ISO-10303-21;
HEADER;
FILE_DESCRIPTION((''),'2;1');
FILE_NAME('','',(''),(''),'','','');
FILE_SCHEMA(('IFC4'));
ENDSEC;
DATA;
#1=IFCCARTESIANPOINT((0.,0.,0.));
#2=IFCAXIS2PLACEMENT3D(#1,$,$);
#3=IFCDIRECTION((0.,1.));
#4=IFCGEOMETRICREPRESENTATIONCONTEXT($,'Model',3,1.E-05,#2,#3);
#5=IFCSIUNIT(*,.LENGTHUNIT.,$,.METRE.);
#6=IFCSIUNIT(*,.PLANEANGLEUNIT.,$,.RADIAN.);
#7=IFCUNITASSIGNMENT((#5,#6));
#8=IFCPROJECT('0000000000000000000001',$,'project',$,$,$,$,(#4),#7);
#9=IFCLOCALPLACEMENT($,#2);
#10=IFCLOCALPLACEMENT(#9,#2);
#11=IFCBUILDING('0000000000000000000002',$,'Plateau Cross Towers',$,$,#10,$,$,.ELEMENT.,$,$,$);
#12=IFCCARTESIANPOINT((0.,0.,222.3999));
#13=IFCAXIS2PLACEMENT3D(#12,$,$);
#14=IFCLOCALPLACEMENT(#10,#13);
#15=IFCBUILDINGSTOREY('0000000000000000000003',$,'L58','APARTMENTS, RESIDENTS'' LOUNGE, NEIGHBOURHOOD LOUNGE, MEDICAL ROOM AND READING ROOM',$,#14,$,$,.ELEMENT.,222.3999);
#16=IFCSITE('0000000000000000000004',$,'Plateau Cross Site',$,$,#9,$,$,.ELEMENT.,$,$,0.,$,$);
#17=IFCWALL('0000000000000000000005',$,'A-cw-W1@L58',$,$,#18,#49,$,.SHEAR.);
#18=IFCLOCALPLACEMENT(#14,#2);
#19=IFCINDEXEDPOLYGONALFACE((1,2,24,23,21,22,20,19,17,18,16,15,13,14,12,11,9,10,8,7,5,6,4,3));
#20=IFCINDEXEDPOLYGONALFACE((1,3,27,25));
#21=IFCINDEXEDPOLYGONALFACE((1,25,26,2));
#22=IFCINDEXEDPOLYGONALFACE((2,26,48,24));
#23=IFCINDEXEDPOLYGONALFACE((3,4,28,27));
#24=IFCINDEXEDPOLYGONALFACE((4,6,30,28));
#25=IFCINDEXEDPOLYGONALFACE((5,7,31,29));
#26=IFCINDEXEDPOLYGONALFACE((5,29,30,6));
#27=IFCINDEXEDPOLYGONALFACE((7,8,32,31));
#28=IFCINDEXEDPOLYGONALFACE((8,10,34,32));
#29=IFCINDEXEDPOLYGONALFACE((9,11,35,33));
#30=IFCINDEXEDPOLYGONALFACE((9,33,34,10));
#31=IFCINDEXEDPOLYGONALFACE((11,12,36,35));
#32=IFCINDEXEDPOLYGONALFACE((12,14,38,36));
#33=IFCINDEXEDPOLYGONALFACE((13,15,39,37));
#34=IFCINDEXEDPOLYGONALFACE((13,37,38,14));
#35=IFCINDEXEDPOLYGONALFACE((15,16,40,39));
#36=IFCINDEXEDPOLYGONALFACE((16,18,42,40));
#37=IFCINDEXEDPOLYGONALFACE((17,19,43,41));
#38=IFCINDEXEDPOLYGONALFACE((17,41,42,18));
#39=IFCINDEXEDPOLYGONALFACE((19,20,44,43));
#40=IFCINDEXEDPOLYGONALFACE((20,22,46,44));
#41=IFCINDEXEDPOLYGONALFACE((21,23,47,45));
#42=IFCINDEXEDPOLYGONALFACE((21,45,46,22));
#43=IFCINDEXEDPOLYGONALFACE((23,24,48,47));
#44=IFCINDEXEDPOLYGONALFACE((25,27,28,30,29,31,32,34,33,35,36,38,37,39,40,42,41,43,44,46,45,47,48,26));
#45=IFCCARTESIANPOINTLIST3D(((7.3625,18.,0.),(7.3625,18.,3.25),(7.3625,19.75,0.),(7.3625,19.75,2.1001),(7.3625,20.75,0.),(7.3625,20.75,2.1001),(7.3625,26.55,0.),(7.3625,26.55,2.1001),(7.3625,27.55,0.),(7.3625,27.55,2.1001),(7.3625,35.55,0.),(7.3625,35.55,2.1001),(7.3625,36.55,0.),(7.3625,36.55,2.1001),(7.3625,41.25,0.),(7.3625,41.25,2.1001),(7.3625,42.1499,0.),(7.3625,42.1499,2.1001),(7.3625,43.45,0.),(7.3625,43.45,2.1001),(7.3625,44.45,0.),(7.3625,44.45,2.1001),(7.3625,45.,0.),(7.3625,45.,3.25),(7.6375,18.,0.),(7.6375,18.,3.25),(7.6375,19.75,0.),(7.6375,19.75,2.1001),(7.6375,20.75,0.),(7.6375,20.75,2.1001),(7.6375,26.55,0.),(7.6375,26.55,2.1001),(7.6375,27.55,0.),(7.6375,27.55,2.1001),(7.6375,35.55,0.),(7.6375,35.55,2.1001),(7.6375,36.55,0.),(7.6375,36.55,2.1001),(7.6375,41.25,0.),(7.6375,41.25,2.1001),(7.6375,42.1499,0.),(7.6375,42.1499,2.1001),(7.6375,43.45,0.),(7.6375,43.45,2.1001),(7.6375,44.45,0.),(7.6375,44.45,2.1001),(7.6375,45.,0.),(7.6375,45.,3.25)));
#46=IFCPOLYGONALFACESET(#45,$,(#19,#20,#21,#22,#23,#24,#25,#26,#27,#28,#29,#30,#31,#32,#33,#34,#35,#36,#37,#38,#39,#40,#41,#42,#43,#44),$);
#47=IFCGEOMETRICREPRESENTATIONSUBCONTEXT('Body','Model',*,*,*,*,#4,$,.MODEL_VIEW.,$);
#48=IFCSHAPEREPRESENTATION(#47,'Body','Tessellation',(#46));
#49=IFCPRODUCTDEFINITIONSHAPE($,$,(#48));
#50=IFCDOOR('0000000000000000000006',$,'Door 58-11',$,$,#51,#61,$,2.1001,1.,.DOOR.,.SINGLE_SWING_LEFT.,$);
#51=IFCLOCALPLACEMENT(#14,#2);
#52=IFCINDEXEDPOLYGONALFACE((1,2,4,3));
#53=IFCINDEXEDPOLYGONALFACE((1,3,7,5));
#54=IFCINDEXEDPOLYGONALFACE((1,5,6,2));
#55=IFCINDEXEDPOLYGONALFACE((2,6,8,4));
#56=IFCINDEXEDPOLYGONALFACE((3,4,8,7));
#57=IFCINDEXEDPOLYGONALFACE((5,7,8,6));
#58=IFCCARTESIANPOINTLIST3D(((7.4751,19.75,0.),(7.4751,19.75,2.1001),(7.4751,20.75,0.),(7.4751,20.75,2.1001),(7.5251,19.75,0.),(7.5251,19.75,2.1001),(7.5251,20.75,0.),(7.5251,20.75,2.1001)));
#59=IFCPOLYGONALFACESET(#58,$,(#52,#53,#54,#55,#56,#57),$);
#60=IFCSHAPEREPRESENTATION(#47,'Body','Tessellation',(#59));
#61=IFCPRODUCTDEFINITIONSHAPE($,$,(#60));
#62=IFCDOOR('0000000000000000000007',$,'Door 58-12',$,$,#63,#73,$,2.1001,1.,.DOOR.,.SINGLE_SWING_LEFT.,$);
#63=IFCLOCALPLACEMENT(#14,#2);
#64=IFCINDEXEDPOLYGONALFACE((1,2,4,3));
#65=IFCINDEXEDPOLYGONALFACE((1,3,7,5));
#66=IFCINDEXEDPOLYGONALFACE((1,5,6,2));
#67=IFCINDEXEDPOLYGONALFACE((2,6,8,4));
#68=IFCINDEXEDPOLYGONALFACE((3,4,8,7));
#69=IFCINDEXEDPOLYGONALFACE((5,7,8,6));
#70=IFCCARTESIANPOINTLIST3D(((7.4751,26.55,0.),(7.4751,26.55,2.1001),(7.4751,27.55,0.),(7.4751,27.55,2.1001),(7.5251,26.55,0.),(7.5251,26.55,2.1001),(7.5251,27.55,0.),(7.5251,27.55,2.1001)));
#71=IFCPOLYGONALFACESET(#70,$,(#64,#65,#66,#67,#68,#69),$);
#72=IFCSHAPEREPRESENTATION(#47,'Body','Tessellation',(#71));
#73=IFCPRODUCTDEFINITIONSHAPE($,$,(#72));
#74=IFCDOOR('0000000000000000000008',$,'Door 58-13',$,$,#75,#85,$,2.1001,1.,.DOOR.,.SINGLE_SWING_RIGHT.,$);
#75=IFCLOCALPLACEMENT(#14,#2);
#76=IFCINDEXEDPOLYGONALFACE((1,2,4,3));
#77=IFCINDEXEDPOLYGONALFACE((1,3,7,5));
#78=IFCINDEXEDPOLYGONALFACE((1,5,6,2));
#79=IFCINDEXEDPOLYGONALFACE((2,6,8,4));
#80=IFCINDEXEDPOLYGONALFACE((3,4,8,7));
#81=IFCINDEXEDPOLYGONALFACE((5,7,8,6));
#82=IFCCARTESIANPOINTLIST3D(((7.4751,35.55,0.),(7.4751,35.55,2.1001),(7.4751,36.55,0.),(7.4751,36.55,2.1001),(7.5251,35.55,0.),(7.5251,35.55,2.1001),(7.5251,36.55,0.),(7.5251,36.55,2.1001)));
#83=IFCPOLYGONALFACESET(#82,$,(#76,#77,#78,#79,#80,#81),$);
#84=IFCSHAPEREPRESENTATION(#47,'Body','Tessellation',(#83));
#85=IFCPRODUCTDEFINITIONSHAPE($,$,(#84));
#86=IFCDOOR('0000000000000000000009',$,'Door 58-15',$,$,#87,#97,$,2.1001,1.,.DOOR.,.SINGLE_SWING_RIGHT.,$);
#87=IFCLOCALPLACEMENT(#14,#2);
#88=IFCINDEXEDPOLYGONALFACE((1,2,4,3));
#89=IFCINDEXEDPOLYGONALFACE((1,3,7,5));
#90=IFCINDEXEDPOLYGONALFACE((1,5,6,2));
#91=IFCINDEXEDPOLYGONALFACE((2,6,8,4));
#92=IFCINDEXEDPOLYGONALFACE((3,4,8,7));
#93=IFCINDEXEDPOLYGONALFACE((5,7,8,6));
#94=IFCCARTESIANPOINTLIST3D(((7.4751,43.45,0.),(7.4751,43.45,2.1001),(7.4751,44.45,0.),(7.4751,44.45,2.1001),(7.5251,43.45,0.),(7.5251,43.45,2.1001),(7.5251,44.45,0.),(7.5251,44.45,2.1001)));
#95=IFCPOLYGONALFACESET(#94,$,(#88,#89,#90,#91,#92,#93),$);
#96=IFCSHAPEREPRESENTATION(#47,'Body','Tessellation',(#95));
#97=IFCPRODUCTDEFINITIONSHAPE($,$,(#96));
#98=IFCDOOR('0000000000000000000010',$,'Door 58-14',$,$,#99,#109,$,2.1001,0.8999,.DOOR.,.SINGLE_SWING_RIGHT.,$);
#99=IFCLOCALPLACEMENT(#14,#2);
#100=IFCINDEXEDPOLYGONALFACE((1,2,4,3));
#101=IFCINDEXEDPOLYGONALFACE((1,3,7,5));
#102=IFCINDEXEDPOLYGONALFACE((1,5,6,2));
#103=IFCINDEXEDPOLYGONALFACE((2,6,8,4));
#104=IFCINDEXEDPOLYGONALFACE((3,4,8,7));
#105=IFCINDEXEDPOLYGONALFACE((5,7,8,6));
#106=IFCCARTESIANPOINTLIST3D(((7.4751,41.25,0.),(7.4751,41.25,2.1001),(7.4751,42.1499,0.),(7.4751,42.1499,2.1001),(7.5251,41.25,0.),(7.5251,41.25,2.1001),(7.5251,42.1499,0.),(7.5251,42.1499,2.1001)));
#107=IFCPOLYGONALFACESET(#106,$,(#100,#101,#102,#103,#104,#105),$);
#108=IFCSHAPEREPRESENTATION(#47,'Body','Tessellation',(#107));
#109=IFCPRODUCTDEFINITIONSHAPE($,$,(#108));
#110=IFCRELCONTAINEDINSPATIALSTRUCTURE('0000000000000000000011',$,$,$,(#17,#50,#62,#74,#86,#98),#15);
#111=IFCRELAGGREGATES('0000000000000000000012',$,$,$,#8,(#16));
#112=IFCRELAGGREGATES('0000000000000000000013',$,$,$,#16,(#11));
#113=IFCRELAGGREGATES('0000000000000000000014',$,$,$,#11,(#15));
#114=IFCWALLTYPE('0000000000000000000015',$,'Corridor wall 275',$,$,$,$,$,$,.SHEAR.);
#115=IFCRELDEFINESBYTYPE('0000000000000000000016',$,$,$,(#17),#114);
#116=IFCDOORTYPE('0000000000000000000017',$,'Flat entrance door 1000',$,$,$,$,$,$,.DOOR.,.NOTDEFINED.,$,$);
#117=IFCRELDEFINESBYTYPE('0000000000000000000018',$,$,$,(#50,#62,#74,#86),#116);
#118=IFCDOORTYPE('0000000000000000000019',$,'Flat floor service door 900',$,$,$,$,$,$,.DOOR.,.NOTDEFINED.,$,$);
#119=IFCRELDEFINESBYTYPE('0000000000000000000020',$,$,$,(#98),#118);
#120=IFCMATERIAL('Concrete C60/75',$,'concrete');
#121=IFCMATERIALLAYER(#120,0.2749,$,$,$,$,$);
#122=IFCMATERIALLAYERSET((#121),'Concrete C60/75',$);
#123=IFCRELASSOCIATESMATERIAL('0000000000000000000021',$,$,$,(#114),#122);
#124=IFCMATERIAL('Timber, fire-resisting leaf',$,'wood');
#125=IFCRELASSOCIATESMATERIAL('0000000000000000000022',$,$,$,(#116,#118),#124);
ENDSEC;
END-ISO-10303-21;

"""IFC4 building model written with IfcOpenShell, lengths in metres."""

from ifc_helpers import new_model, si_unit, direction, frame, frame_2d, origin, place, context, subcontext, project, spatial, rectangle, extrude, material, layer, layer_set, type_object, element, fill, save


model = new_model("IFC4")

# Units and contexts
model_context = context("Model", 3, precision=1e-05, world=origin(), true_north=direction((0.0, 1.0)))
body_context = subcontext(model_context, "Body", "Model", "MODEL_VIEW")
ifc_project = project(units=[si_unit("LENGTHUNIT", "METRE"), si_unit("PLANEANGLEUNIT", "RADIAN")], contexts=[model_context])

# Site, building, storey
site_placement = place(None, origin())
site = spatial("IfcSite", under=ifc_project, at=site_placement, Name="Plateau Cross Site", CompositionType="ELEMENT", RefElevation=0.0)
building_placement = place(site_placement, origin())
building = spatial("IfcBuilding", under=site, at=building_placement, Name="Plateau Cross Towers", CompositionType="ELEMENT")
storey_placement = place(building_placement, frame((0.0, 0.0, 222.3999)))
storey = spatial("IfcBuildingStorey", under=building, at=storey_placement, Name="L58", Description="APARTMENTS, RESIDENTS' LOUNGE, NEIGHBOURHOOD LOUNGE, MEDICAL ROOM AND READING ROOM", CompositionType="ELEMENT", Elevation=222.3999)

# Wall, openings, doors
ifc_material_1 = material(Name="Concrete C60/75", Category="concrete")
ifc_layer_1 = layer(ifc_material_1, 0.2749)
ifc_layer_set_1 = layer_set([ifc_layer_1], Name="Concrete C60/75")
wall_type_1 = type_object("IfcWallType", Name="Corridor wall 275", PredefinedType="SHEAR", material=ifc_layer_set_1)
wall_1_placement = place(storey_placement, frame((7.5, 18.0, 0.0), z_axis=(0.0, 0.0, 1.0), x_axis=(0.0, 1.0, 0.0)))
wall_1 = element("IfcWall", 1, at=wall_1_placement, inside=storey, type_object=wall_type_1, Name="A-cw-W1@L58", PredefinedType="SHEAR", context=body_context, shape_type="SweptSolid", body=[
    extrude(rectangle(XDim=27.0, YDim=0.2749, at=frame_2d((13.5, 0.0))), origin(), (0.0, 0.0, 1.0), 3.25),
])
opening_1_placement = place(wall_1_placement, frame((1.75, 0.0, 0.0)))
opening_1 = element("IfcOpeningElement", 2, at=opening_1_placement, cuts=wall_1, PredefinedType="OPENING", context=body_context, shape_type="SweptSolid", body=[
    extrude(rectangle(XDim=1.0, YDim=2.1001, at=frame_2d((0.5, 1.05))), frame((0.0, 0.1475, 0.0), z_axis=(0.0, -1.0, 0.0), x_axis=(1.0, 0.0, 0.0)), (0.0, 0.0, 1.0), 0.2949),
])
opening_2_placement = place(wall_1_placement, frame((8.55, 0.0, 0.0)))
opening_2 = element("IfcOpeningElement", 3, at=opening_2_placement, cuts=wall_1, PredefinedType="OPENING", context=body_context, shape_type="SweptSolid", body=[
    extrude(rectangle(XDim=1.0, YDim=2.1001, at=frame_2d((0.5, 1.05))), frame((0.0, 0.1475, 0.0), z_axis=(0.0, -1.0, 0.0), x_axis=(1.0, 0.0, 0.0)), (0.0, 0.0, 1.0), 0.2949),
])
opening_3_placement = place(wall_1_placement, frame((17.55, 0.0, 0.0)))
opening_3 = element("IfcOpeningElement", 4, at=opening_3_placement, cuts=wall_1, PredefinedType="OPENING", context=body_context, shape_type="SweptSolid", body=[
    extrude(rectangle(XDim=1.0, YDim=2.1001, at=frame_2d((0.5, 1.05))), frame((0.0, 0.1475, 0.0), z_axis=(0.0, -1.0, 0.0), x_axis=(1.0, 0.0, 0.0)), (0.0, 0.0, 1.0), 0.2949),
])
opening_4_placement = place(wall_1_placement, frame((23.25, 0.0, 0.0)))
opening_4 = element("IfcOpeningElement", 5, at=opening_4_placement, cuts=wall_1, PredefinedType="OPENING", context=body_context, shape_type="SweptSolid", body=[
    extrude(rectangle(XDim=0.8999, YDim=2.1001, at=frame_2d((0.45, 1.05))), frame((0.0, 0.1475, 0.0), z_axis=(0.0, -1.0, 0.0), x_axis=(1.0, 0.0, 0.0)), (0.0, 0.0, 1.0), 0.2949),
])
opening_5_placement = place(wall_1_placement, frame((25.45, 0.0, 0.0)))
opening_5 = element("IfcOpeningElement", 6, at=opening_5_placement, cuts=wall_1, PredefinedType="OPENING", context=body_context, shape_type="SweptSolid", body=[
    extrude(rectangle(XDim=1.0, YDim=2.1001, at=frame_2d((0.5, 1.05))), frame((0.0, 0.1475, 0.0), z_axis=(0.0, -1.0, 0.0), x_axis=(1.0, 0.0, 0.0)), (0.0, 0.0, 1.0), 0.2949),
])
ifc_material_2 = material(Name="Timber, fire-resisting leaf", Category="wood")
door_type_1 = type_object("IfcDoorType", Name="Flat entrance door 1000", OperationType="NOTDEFINED", PredefinedType="DOOR", material=ifc_material_2)
door_1_placement = place(opening_1_placement, origin())
door_1 = element("IfcDoor", 7, at=door_1_placement, inside=storey, type_object=door_type_1, Name="Door 58-11", OperationType="SINGLE_SWING_LEFT", OverallHeight=2.1001, OverallWidth=1.0, PredefinedType="DOOR", context=body_context, shape_type="SweptSolid", body=[
    extrude(rectangle(XDim=1.0, YDim=2.1001, at=frame_2d((0.5, 1.05))), frame((0.0, 0.0249, 0.0), z_axis=(0.0, -1.0, 0.0), x_axis=(1.0, 0.0, 0.0)), (0.0, 0.0, 1.0), 0.05),
])
fill(opening_1, door_1)
door_2_placement = place(opening_2_placement, origin())
door_2 = element("IfcDoor", 8, at=door_2_placement, inside=storey, type_object=door_type_1, Name="Door 58-12", OperationType="SINGLE_SWING_LEFT", OverallHeight=2.1001, OverallWidth=1.0, PredefinedType="DOOR", context=body_context, shape_type="SweptSolid", body=[
    extrude(rectangle(XDim=1.0, YDim=2.1001, at=frame_2d((0.5, 1.05))), frame((0.0, 0.0249, 0.0), z_axis=(0.0, -1.0, 0.0), x_axis=(1.0, 0.0, 0.0)), (0.0, 0.0, 1.0), 0.05),
])
fill(opening_2, door_2)
door_3_placement = place(opening_3_placement, origin())
door_3 = element("IfcDoor", 9, at=door_3_placement, inside=storey, type_object=door_type_1, Name="Door 58-13", OperationType="SINGLE_SWING_RIGHT", OverallHeight=2.1001, OverallWidth=1.0, PredefinedType="DOOR", context=body_context, shape_type="SweptSolid", body=[
    extrude(rectangle(XDim=1.0, YDim=2.1001, at=frame_2d((0.5, 1.05))), frame((0.0, 0.0249, 0.0), z_axis=(0.0, -1.0, 0.0), x_axis=(1.0, 0.0, 0.0)), (0.0, 0.0, 1.0), 0.05),
])
fill(opening_3, door_3)
door_4_placement = place(opening_5_placement, origin())
door_4 = element("IfcDoor", 10, at=door_4_placement, inside=storey, type_object=door_type_1, Name="Door 58-15", OperationType="SINGLE_SWING_RIGHT", OverallHeight=2.1001, OverallWidth=1.0, PredefinedType="DOOR", context=body_context, shape_type="SweptSolid", body=[
    extrude(rectangle(XDim=1.0, YDim=2.1001, at=frame_2d((0.5, 1.05))), frame((0.0, 0.0249, 0.0), z_axis=(0.0, -1.0, 0.0), x_axis=(1.0, 0.0, 0.0)), (0.0, 0.0, 1.0), 0.05),
])
fill(opening_5, door_4)
door_type_2 = type_object("IfcDoorType", Name="Flat floor service door 900", OperationType="NOTDEFINED", PredefinedType="DOOR", material=ifc_material_2)
door_5_placement = place(opening_4_placement, origin())
door_5 = element("IfcDoor", 11, at=door_5_placement, inside=storey, type_object=door_type_2, Name="Door 58-14", OperationType="SINGLE_SWING_RIGHT", OverallHeight=2.1001, OverallWidth=0.8999, PredefinedType="DOOR", context=body_context, shape_type="SweptSolid", body=[
    extrude(rectangle(XDim=0.8999, YDim=2.1001, at=frame_2d((0.45, 1.05))), frame((0.0, 0.0249, 0.0), z_axis=(0.0, -1.0, 0.0), x_axis=(1.0, 0.0, 0.0)), (0.0, 0.0, 1.0), 0.05),
])
fill(opening_4, door_5)

save(model, "model.ifc")
